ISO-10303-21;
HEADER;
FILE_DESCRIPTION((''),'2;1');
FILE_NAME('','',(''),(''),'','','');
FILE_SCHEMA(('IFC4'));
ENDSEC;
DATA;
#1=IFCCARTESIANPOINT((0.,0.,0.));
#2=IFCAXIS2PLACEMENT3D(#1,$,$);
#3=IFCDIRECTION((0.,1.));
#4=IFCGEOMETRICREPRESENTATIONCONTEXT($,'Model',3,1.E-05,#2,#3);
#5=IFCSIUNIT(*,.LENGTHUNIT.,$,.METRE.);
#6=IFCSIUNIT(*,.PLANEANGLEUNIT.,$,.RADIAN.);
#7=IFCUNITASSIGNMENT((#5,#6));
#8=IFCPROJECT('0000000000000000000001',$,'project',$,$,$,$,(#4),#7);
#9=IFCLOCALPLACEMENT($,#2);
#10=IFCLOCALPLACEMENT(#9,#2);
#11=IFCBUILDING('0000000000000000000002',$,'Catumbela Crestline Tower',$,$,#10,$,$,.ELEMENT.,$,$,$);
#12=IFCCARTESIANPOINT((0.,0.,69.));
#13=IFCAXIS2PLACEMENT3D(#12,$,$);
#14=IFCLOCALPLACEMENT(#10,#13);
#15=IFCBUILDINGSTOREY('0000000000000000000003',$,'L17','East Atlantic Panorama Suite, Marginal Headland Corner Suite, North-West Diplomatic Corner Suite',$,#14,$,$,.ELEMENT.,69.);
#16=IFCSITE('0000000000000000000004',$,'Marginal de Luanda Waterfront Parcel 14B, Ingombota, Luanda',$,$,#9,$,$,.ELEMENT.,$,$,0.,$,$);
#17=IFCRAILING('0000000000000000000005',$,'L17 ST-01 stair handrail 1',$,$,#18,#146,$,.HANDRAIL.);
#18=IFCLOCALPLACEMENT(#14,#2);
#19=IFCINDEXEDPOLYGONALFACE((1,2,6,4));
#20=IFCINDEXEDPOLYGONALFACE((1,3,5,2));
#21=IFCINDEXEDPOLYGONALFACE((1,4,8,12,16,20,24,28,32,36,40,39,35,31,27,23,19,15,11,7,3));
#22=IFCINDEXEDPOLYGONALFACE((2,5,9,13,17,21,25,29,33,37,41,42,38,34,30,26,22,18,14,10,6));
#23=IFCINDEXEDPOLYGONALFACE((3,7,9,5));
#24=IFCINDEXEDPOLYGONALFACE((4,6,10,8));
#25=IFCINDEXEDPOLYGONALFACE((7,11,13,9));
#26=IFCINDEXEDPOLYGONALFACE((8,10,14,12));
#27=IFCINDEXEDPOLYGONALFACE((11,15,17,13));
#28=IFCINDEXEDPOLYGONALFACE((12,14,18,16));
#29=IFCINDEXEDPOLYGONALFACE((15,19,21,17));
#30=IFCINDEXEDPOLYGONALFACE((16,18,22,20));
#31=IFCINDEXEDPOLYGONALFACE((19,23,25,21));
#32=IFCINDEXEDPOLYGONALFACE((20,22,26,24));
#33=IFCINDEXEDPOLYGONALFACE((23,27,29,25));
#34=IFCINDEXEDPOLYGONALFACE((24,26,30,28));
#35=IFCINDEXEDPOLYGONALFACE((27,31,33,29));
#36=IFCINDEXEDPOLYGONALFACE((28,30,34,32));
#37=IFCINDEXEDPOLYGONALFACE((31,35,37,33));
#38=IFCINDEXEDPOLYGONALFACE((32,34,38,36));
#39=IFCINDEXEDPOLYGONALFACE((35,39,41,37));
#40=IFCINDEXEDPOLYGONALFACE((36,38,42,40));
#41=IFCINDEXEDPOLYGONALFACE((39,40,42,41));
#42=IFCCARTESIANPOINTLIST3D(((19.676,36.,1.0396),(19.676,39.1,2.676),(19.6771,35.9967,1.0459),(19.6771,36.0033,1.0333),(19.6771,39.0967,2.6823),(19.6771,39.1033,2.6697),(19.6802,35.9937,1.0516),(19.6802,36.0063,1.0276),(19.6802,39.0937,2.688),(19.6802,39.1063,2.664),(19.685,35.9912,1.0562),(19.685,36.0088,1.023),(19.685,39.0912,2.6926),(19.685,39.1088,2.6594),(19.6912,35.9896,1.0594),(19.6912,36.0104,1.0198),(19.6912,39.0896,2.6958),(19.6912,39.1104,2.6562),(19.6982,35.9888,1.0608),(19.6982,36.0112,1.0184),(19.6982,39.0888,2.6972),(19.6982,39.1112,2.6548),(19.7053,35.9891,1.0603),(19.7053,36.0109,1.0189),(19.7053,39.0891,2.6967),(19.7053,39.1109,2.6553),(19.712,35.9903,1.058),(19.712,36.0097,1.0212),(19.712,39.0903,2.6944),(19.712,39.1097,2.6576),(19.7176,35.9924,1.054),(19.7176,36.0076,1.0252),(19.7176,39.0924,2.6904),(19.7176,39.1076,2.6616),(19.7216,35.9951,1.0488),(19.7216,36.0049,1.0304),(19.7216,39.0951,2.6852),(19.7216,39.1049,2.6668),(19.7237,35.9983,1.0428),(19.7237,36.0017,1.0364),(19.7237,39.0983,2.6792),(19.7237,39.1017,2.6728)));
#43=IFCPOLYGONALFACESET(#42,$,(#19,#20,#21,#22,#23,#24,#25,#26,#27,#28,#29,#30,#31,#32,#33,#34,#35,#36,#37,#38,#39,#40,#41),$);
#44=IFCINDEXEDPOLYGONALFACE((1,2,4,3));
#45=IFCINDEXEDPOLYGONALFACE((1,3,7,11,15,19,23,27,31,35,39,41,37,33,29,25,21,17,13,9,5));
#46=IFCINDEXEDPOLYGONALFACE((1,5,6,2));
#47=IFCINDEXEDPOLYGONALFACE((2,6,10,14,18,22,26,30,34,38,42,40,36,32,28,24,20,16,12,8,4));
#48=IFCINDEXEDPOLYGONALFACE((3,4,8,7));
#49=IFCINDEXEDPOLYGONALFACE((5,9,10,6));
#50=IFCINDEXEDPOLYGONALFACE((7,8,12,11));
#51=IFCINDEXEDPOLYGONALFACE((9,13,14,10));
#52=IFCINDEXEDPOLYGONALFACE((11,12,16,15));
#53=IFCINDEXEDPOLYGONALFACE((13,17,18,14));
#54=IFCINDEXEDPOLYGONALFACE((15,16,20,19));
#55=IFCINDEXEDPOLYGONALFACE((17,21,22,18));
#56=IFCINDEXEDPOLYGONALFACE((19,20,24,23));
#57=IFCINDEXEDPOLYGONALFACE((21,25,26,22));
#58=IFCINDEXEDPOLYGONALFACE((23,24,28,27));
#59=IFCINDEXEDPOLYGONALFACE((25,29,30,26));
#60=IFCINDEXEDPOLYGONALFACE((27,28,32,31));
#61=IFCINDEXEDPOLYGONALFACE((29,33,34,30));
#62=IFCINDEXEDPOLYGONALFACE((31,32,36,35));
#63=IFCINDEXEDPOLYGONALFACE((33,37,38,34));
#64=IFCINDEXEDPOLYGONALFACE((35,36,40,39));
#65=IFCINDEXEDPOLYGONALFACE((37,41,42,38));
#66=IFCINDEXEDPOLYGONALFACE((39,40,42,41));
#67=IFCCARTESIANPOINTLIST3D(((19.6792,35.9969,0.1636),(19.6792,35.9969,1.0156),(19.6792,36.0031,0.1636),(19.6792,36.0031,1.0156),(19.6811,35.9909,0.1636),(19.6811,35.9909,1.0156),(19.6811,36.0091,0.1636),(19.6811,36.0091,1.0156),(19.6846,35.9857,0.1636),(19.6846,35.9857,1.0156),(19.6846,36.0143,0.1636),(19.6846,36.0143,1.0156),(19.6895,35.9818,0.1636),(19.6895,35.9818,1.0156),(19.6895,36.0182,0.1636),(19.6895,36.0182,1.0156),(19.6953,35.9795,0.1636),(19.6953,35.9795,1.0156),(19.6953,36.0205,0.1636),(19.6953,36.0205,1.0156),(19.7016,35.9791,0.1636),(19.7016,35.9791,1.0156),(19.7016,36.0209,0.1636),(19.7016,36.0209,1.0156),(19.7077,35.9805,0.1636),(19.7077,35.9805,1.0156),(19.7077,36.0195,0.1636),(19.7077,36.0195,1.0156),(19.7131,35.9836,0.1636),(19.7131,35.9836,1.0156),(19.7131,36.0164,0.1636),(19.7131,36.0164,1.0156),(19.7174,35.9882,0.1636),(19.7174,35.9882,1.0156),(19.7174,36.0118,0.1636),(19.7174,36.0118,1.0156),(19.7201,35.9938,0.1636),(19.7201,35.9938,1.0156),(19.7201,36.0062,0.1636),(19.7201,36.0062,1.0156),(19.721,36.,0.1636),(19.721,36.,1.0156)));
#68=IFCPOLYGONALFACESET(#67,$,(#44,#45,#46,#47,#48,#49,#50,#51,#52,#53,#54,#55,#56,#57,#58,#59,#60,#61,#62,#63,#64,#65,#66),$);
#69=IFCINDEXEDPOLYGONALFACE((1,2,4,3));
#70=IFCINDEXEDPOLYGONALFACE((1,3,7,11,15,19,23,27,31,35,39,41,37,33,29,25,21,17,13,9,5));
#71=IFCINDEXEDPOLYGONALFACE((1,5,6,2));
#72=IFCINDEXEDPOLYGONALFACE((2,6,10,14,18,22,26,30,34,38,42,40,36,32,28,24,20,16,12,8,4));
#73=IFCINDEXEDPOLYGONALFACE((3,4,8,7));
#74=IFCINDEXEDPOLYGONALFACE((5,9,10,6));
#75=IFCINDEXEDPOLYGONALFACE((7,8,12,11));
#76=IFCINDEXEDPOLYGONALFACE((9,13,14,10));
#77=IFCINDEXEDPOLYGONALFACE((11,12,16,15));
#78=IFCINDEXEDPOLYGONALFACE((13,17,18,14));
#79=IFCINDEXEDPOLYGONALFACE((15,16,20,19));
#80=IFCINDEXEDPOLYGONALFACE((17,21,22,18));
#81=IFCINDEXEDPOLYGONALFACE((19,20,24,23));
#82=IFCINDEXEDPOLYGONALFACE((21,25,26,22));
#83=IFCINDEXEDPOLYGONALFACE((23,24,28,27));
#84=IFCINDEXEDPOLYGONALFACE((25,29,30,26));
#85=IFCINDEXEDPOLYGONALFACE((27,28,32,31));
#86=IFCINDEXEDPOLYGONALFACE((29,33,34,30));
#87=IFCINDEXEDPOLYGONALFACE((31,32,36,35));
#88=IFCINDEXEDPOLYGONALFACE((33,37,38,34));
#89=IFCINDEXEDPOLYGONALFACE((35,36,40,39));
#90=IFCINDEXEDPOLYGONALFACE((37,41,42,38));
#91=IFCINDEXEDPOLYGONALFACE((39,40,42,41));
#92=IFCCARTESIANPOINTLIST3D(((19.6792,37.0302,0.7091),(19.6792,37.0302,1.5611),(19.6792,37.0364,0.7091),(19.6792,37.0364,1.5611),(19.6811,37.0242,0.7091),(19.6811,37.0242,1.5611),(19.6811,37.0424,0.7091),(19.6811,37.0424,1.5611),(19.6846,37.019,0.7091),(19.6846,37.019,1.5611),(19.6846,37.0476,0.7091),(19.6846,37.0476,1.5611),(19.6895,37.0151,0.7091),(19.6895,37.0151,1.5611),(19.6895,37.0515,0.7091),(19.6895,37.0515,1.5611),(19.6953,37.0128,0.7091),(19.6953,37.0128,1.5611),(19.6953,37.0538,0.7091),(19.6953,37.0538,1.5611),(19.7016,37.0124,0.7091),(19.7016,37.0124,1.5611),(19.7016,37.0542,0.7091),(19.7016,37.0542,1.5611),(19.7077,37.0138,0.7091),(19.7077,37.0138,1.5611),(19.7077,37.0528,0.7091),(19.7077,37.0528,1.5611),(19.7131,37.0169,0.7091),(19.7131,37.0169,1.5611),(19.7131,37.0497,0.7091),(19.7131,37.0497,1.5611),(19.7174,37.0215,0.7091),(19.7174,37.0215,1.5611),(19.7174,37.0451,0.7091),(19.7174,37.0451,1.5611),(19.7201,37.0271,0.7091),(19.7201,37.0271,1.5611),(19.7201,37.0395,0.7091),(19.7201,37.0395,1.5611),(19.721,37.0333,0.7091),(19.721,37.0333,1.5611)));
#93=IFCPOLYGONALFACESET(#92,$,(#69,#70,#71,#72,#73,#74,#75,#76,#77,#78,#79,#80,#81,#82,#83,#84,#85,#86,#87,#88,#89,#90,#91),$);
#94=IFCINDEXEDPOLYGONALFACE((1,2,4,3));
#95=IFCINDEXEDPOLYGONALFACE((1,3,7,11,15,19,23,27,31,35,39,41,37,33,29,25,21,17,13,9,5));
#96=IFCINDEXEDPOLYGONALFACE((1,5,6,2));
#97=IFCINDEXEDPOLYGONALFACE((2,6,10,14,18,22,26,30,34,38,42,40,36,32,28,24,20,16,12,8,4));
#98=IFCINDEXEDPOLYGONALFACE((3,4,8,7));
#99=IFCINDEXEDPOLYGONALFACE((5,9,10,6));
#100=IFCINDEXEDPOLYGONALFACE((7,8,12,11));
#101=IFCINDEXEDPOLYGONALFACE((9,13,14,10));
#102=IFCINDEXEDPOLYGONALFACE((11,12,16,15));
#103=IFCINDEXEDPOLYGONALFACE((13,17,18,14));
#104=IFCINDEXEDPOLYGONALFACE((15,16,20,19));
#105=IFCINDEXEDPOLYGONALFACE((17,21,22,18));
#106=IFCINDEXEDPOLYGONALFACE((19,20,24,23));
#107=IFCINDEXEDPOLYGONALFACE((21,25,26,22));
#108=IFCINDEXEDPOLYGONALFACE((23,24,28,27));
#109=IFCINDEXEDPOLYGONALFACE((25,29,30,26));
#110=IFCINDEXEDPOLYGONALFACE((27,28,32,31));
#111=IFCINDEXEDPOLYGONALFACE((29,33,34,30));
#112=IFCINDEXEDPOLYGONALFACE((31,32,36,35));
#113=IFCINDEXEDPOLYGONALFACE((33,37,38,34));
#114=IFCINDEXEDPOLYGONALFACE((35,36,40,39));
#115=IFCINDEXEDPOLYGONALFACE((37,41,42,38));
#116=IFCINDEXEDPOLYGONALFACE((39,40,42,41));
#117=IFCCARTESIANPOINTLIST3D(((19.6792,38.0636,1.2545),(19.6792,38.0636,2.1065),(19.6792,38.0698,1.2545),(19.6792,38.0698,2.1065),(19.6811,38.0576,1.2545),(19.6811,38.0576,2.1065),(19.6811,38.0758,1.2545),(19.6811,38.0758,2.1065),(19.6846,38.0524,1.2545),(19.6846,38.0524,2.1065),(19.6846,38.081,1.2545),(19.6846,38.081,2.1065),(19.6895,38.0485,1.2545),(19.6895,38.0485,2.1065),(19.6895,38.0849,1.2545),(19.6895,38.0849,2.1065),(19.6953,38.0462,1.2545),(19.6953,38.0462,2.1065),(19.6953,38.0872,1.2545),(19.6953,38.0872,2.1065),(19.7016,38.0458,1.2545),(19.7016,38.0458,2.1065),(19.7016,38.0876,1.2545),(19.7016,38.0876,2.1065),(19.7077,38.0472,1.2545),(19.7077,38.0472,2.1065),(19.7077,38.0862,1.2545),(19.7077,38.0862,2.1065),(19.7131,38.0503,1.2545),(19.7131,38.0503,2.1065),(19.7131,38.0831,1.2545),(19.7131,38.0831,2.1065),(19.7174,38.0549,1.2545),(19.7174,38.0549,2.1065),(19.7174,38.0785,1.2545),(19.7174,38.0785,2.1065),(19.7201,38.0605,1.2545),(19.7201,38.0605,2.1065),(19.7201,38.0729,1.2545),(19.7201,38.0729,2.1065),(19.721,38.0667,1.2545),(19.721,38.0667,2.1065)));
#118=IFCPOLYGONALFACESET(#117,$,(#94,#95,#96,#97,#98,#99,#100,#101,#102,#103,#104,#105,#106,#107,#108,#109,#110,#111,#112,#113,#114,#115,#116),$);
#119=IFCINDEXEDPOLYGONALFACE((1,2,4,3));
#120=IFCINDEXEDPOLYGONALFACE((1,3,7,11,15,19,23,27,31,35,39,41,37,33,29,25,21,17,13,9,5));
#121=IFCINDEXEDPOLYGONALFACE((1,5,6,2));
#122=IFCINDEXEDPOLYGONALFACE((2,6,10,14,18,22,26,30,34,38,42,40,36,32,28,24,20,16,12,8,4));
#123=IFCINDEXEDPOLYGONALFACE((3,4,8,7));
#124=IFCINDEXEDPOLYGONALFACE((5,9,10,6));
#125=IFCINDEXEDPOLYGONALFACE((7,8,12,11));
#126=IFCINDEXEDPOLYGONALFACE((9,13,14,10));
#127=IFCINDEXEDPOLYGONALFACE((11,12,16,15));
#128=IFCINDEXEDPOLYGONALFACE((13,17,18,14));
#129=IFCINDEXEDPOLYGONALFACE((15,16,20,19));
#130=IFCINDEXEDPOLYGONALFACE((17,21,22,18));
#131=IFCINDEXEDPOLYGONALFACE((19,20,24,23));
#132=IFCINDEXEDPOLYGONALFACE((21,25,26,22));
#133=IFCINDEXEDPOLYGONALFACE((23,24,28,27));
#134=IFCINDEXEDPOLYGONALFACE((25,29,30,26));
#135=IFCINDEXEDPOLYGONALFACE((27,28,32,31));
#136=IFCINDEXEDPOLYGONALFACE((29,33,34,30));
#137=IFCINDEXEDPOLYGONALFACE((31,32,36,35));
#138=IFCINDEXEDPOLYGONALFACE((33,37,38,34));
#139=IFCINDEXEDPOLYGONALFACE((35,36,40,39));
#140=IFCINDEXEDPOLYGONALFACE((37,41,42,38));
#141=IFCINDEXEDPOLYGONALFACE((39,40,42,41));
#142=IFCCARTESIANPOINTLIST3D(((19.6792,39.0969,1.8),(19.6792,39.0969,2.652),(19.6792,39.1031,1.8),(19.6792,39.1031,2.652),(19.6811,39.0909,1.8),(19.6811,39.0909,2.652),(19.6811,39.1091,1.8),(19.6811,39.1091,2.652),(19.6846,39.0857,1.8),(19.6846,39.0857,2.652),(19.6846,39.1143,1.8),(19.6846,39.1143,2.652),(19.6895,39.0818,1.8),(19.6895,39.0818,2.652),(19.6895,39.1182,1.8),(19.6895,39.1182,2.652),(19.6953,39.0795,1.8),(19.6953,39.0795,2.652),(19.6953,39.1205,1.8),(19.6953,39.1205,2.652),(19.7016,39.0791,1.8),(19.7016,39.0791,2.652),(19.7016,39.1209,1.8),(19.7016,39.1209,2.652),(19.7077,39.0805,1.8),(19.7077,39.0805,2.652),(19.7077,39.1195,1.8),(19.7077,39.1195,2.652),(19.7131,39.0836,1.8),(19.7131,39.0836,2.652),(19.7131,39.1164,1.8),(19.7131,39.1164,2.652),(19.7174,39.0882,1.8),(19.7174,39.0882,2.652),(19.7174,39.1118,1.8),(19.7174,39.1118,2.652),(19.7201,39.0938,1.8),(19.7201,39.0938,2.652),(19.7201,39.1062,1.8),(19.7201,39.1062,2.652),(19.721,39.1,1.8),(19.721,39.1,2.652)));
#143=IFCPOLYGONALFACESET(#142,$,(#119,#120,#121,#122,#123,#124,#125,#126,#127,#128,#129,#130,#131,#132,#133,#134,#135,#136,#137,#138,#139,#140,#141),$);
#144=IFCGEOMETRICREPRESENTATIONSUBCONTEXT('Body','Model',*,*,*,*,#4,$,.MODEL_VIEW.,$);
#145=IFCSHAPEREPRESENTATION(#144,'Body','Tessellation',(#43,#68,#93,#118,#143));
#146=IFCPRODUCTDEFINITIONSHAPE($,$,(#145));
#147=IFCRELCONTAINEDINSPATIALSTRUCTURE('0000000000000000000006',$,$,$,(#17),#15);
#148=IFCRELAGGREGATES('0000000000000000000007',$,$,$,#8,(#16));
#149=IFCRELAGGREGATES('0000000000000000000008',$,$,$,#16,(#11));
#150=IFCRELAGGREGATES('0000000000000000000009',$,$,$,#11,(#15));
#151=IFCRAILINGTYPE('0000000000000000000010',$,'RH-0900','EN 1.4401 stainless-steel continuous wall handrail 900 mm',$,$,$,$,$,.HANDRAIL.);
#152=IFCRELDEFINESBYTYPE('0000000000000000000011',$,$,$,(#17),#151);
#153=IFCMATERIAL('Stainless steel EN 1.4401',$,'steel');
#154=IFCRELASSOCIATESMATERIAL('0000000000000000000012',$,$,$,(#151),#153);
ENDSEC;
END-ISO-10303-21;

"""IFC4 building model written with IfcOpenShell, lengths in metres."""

from ifc_helpers import new_model, si_unit, direction, frame, origin, origin_2d, place, context, subcontext, project, spatial, circle, extrude, material, type_object, element, save


model = new_model("IFC4")

# Units and contexts
model_context = context("Model", 3, precision=1e-05, world=origin(), true_north=direction((0.0, 1.0)))
body_context = subcontext(model_context, "Body", "Model", "MODEL_VIEW")
ifc_project = project(units=[si_unit("LENGTHUNIT", "METRE"), si_unit("PLANEANGLEUNIT", "RADIAN")], contexts=[model_context])

# Site, building, storey
site_placement = place(None, origin())
site = spatial("IfcSite", under=ifc_project, at=site_placement, Name="Marginal de Luanda Waterfront Parcel 14B, Ingombota, Luanda", CompositionType="ELEMENT", RefElevation=0.0)
building_placement = place(site_placement, origin())
building = spatial("IfcBuilding", under=site, at=building_placement, Name="Catumbela Crestline Tower", CompositionType="ELEMENT")
storey_placement = place(building_placement, frame((0.0, 0.0, 69.0)))
storey = spatial("IfcBuildingStorey", under=building, at=storey_placement, Name="L17", Description="East Atlantic Panorama Suite, Marginal Headland Corner Suite, North-West Diplomatic Corner Suite", CompositionType="ELEMENT", Elevation=69.0)

# Shared definitions
ifc_material_1 = material(Name="Stainless steel EN 1.4401", Category="steel")

# Railing
railing_type = type_object("IfcRailingType", Name="RH-0900", Description="EN 1.4401 stainless-steel continuous wall handrail 900 mm", PredefinedType="HANDRAIL", material=ifc_material_1)
railing_placement = place(storey_placement, frame((19.7, 36.0, 0.1636)))
element("IfcRailing", 1, at=railing_placement, inside=storey, type_object=railing_type, Name="L17 ST-01 stair handrail 1", PredefinedType="HANDRAIL", context=body_context, shape_type="SweptSolid", body=[
    extrude(circle(Radius=0.024, at=origin_2d()), frame((0.0, 0.0, 0.876), z_axis=(0.0, 0.884351, 0.466823), x_axis=(-1.0, 0.0, 0.0)), (0.0, 0.0, 1.0), 3.5054),
    extrude(circle(Radius=0.021, at=origin_2d()), origin(), (0.0, 0.0, 1.0), 0.852),
    extrude(circle(Radius=0.021, at=origin_2d()), frame((0.0, 1.0333, 0.5455)), (0.0, 0.0, 1.0), 0.852),
    extrude(circle(Radius=0.021, at=origin_2d()), frame((0.0, 2.0667, 1.0909)), (0.0, 0.0, 1.0), 0.852),
    extrude(circle(Radius=0.021, at=origin_2d()), frame((0.0, 3.1, 1.6364)), (0.0, 0.0, 1.0), 0.852),
])

save(model, "model.ifc")
